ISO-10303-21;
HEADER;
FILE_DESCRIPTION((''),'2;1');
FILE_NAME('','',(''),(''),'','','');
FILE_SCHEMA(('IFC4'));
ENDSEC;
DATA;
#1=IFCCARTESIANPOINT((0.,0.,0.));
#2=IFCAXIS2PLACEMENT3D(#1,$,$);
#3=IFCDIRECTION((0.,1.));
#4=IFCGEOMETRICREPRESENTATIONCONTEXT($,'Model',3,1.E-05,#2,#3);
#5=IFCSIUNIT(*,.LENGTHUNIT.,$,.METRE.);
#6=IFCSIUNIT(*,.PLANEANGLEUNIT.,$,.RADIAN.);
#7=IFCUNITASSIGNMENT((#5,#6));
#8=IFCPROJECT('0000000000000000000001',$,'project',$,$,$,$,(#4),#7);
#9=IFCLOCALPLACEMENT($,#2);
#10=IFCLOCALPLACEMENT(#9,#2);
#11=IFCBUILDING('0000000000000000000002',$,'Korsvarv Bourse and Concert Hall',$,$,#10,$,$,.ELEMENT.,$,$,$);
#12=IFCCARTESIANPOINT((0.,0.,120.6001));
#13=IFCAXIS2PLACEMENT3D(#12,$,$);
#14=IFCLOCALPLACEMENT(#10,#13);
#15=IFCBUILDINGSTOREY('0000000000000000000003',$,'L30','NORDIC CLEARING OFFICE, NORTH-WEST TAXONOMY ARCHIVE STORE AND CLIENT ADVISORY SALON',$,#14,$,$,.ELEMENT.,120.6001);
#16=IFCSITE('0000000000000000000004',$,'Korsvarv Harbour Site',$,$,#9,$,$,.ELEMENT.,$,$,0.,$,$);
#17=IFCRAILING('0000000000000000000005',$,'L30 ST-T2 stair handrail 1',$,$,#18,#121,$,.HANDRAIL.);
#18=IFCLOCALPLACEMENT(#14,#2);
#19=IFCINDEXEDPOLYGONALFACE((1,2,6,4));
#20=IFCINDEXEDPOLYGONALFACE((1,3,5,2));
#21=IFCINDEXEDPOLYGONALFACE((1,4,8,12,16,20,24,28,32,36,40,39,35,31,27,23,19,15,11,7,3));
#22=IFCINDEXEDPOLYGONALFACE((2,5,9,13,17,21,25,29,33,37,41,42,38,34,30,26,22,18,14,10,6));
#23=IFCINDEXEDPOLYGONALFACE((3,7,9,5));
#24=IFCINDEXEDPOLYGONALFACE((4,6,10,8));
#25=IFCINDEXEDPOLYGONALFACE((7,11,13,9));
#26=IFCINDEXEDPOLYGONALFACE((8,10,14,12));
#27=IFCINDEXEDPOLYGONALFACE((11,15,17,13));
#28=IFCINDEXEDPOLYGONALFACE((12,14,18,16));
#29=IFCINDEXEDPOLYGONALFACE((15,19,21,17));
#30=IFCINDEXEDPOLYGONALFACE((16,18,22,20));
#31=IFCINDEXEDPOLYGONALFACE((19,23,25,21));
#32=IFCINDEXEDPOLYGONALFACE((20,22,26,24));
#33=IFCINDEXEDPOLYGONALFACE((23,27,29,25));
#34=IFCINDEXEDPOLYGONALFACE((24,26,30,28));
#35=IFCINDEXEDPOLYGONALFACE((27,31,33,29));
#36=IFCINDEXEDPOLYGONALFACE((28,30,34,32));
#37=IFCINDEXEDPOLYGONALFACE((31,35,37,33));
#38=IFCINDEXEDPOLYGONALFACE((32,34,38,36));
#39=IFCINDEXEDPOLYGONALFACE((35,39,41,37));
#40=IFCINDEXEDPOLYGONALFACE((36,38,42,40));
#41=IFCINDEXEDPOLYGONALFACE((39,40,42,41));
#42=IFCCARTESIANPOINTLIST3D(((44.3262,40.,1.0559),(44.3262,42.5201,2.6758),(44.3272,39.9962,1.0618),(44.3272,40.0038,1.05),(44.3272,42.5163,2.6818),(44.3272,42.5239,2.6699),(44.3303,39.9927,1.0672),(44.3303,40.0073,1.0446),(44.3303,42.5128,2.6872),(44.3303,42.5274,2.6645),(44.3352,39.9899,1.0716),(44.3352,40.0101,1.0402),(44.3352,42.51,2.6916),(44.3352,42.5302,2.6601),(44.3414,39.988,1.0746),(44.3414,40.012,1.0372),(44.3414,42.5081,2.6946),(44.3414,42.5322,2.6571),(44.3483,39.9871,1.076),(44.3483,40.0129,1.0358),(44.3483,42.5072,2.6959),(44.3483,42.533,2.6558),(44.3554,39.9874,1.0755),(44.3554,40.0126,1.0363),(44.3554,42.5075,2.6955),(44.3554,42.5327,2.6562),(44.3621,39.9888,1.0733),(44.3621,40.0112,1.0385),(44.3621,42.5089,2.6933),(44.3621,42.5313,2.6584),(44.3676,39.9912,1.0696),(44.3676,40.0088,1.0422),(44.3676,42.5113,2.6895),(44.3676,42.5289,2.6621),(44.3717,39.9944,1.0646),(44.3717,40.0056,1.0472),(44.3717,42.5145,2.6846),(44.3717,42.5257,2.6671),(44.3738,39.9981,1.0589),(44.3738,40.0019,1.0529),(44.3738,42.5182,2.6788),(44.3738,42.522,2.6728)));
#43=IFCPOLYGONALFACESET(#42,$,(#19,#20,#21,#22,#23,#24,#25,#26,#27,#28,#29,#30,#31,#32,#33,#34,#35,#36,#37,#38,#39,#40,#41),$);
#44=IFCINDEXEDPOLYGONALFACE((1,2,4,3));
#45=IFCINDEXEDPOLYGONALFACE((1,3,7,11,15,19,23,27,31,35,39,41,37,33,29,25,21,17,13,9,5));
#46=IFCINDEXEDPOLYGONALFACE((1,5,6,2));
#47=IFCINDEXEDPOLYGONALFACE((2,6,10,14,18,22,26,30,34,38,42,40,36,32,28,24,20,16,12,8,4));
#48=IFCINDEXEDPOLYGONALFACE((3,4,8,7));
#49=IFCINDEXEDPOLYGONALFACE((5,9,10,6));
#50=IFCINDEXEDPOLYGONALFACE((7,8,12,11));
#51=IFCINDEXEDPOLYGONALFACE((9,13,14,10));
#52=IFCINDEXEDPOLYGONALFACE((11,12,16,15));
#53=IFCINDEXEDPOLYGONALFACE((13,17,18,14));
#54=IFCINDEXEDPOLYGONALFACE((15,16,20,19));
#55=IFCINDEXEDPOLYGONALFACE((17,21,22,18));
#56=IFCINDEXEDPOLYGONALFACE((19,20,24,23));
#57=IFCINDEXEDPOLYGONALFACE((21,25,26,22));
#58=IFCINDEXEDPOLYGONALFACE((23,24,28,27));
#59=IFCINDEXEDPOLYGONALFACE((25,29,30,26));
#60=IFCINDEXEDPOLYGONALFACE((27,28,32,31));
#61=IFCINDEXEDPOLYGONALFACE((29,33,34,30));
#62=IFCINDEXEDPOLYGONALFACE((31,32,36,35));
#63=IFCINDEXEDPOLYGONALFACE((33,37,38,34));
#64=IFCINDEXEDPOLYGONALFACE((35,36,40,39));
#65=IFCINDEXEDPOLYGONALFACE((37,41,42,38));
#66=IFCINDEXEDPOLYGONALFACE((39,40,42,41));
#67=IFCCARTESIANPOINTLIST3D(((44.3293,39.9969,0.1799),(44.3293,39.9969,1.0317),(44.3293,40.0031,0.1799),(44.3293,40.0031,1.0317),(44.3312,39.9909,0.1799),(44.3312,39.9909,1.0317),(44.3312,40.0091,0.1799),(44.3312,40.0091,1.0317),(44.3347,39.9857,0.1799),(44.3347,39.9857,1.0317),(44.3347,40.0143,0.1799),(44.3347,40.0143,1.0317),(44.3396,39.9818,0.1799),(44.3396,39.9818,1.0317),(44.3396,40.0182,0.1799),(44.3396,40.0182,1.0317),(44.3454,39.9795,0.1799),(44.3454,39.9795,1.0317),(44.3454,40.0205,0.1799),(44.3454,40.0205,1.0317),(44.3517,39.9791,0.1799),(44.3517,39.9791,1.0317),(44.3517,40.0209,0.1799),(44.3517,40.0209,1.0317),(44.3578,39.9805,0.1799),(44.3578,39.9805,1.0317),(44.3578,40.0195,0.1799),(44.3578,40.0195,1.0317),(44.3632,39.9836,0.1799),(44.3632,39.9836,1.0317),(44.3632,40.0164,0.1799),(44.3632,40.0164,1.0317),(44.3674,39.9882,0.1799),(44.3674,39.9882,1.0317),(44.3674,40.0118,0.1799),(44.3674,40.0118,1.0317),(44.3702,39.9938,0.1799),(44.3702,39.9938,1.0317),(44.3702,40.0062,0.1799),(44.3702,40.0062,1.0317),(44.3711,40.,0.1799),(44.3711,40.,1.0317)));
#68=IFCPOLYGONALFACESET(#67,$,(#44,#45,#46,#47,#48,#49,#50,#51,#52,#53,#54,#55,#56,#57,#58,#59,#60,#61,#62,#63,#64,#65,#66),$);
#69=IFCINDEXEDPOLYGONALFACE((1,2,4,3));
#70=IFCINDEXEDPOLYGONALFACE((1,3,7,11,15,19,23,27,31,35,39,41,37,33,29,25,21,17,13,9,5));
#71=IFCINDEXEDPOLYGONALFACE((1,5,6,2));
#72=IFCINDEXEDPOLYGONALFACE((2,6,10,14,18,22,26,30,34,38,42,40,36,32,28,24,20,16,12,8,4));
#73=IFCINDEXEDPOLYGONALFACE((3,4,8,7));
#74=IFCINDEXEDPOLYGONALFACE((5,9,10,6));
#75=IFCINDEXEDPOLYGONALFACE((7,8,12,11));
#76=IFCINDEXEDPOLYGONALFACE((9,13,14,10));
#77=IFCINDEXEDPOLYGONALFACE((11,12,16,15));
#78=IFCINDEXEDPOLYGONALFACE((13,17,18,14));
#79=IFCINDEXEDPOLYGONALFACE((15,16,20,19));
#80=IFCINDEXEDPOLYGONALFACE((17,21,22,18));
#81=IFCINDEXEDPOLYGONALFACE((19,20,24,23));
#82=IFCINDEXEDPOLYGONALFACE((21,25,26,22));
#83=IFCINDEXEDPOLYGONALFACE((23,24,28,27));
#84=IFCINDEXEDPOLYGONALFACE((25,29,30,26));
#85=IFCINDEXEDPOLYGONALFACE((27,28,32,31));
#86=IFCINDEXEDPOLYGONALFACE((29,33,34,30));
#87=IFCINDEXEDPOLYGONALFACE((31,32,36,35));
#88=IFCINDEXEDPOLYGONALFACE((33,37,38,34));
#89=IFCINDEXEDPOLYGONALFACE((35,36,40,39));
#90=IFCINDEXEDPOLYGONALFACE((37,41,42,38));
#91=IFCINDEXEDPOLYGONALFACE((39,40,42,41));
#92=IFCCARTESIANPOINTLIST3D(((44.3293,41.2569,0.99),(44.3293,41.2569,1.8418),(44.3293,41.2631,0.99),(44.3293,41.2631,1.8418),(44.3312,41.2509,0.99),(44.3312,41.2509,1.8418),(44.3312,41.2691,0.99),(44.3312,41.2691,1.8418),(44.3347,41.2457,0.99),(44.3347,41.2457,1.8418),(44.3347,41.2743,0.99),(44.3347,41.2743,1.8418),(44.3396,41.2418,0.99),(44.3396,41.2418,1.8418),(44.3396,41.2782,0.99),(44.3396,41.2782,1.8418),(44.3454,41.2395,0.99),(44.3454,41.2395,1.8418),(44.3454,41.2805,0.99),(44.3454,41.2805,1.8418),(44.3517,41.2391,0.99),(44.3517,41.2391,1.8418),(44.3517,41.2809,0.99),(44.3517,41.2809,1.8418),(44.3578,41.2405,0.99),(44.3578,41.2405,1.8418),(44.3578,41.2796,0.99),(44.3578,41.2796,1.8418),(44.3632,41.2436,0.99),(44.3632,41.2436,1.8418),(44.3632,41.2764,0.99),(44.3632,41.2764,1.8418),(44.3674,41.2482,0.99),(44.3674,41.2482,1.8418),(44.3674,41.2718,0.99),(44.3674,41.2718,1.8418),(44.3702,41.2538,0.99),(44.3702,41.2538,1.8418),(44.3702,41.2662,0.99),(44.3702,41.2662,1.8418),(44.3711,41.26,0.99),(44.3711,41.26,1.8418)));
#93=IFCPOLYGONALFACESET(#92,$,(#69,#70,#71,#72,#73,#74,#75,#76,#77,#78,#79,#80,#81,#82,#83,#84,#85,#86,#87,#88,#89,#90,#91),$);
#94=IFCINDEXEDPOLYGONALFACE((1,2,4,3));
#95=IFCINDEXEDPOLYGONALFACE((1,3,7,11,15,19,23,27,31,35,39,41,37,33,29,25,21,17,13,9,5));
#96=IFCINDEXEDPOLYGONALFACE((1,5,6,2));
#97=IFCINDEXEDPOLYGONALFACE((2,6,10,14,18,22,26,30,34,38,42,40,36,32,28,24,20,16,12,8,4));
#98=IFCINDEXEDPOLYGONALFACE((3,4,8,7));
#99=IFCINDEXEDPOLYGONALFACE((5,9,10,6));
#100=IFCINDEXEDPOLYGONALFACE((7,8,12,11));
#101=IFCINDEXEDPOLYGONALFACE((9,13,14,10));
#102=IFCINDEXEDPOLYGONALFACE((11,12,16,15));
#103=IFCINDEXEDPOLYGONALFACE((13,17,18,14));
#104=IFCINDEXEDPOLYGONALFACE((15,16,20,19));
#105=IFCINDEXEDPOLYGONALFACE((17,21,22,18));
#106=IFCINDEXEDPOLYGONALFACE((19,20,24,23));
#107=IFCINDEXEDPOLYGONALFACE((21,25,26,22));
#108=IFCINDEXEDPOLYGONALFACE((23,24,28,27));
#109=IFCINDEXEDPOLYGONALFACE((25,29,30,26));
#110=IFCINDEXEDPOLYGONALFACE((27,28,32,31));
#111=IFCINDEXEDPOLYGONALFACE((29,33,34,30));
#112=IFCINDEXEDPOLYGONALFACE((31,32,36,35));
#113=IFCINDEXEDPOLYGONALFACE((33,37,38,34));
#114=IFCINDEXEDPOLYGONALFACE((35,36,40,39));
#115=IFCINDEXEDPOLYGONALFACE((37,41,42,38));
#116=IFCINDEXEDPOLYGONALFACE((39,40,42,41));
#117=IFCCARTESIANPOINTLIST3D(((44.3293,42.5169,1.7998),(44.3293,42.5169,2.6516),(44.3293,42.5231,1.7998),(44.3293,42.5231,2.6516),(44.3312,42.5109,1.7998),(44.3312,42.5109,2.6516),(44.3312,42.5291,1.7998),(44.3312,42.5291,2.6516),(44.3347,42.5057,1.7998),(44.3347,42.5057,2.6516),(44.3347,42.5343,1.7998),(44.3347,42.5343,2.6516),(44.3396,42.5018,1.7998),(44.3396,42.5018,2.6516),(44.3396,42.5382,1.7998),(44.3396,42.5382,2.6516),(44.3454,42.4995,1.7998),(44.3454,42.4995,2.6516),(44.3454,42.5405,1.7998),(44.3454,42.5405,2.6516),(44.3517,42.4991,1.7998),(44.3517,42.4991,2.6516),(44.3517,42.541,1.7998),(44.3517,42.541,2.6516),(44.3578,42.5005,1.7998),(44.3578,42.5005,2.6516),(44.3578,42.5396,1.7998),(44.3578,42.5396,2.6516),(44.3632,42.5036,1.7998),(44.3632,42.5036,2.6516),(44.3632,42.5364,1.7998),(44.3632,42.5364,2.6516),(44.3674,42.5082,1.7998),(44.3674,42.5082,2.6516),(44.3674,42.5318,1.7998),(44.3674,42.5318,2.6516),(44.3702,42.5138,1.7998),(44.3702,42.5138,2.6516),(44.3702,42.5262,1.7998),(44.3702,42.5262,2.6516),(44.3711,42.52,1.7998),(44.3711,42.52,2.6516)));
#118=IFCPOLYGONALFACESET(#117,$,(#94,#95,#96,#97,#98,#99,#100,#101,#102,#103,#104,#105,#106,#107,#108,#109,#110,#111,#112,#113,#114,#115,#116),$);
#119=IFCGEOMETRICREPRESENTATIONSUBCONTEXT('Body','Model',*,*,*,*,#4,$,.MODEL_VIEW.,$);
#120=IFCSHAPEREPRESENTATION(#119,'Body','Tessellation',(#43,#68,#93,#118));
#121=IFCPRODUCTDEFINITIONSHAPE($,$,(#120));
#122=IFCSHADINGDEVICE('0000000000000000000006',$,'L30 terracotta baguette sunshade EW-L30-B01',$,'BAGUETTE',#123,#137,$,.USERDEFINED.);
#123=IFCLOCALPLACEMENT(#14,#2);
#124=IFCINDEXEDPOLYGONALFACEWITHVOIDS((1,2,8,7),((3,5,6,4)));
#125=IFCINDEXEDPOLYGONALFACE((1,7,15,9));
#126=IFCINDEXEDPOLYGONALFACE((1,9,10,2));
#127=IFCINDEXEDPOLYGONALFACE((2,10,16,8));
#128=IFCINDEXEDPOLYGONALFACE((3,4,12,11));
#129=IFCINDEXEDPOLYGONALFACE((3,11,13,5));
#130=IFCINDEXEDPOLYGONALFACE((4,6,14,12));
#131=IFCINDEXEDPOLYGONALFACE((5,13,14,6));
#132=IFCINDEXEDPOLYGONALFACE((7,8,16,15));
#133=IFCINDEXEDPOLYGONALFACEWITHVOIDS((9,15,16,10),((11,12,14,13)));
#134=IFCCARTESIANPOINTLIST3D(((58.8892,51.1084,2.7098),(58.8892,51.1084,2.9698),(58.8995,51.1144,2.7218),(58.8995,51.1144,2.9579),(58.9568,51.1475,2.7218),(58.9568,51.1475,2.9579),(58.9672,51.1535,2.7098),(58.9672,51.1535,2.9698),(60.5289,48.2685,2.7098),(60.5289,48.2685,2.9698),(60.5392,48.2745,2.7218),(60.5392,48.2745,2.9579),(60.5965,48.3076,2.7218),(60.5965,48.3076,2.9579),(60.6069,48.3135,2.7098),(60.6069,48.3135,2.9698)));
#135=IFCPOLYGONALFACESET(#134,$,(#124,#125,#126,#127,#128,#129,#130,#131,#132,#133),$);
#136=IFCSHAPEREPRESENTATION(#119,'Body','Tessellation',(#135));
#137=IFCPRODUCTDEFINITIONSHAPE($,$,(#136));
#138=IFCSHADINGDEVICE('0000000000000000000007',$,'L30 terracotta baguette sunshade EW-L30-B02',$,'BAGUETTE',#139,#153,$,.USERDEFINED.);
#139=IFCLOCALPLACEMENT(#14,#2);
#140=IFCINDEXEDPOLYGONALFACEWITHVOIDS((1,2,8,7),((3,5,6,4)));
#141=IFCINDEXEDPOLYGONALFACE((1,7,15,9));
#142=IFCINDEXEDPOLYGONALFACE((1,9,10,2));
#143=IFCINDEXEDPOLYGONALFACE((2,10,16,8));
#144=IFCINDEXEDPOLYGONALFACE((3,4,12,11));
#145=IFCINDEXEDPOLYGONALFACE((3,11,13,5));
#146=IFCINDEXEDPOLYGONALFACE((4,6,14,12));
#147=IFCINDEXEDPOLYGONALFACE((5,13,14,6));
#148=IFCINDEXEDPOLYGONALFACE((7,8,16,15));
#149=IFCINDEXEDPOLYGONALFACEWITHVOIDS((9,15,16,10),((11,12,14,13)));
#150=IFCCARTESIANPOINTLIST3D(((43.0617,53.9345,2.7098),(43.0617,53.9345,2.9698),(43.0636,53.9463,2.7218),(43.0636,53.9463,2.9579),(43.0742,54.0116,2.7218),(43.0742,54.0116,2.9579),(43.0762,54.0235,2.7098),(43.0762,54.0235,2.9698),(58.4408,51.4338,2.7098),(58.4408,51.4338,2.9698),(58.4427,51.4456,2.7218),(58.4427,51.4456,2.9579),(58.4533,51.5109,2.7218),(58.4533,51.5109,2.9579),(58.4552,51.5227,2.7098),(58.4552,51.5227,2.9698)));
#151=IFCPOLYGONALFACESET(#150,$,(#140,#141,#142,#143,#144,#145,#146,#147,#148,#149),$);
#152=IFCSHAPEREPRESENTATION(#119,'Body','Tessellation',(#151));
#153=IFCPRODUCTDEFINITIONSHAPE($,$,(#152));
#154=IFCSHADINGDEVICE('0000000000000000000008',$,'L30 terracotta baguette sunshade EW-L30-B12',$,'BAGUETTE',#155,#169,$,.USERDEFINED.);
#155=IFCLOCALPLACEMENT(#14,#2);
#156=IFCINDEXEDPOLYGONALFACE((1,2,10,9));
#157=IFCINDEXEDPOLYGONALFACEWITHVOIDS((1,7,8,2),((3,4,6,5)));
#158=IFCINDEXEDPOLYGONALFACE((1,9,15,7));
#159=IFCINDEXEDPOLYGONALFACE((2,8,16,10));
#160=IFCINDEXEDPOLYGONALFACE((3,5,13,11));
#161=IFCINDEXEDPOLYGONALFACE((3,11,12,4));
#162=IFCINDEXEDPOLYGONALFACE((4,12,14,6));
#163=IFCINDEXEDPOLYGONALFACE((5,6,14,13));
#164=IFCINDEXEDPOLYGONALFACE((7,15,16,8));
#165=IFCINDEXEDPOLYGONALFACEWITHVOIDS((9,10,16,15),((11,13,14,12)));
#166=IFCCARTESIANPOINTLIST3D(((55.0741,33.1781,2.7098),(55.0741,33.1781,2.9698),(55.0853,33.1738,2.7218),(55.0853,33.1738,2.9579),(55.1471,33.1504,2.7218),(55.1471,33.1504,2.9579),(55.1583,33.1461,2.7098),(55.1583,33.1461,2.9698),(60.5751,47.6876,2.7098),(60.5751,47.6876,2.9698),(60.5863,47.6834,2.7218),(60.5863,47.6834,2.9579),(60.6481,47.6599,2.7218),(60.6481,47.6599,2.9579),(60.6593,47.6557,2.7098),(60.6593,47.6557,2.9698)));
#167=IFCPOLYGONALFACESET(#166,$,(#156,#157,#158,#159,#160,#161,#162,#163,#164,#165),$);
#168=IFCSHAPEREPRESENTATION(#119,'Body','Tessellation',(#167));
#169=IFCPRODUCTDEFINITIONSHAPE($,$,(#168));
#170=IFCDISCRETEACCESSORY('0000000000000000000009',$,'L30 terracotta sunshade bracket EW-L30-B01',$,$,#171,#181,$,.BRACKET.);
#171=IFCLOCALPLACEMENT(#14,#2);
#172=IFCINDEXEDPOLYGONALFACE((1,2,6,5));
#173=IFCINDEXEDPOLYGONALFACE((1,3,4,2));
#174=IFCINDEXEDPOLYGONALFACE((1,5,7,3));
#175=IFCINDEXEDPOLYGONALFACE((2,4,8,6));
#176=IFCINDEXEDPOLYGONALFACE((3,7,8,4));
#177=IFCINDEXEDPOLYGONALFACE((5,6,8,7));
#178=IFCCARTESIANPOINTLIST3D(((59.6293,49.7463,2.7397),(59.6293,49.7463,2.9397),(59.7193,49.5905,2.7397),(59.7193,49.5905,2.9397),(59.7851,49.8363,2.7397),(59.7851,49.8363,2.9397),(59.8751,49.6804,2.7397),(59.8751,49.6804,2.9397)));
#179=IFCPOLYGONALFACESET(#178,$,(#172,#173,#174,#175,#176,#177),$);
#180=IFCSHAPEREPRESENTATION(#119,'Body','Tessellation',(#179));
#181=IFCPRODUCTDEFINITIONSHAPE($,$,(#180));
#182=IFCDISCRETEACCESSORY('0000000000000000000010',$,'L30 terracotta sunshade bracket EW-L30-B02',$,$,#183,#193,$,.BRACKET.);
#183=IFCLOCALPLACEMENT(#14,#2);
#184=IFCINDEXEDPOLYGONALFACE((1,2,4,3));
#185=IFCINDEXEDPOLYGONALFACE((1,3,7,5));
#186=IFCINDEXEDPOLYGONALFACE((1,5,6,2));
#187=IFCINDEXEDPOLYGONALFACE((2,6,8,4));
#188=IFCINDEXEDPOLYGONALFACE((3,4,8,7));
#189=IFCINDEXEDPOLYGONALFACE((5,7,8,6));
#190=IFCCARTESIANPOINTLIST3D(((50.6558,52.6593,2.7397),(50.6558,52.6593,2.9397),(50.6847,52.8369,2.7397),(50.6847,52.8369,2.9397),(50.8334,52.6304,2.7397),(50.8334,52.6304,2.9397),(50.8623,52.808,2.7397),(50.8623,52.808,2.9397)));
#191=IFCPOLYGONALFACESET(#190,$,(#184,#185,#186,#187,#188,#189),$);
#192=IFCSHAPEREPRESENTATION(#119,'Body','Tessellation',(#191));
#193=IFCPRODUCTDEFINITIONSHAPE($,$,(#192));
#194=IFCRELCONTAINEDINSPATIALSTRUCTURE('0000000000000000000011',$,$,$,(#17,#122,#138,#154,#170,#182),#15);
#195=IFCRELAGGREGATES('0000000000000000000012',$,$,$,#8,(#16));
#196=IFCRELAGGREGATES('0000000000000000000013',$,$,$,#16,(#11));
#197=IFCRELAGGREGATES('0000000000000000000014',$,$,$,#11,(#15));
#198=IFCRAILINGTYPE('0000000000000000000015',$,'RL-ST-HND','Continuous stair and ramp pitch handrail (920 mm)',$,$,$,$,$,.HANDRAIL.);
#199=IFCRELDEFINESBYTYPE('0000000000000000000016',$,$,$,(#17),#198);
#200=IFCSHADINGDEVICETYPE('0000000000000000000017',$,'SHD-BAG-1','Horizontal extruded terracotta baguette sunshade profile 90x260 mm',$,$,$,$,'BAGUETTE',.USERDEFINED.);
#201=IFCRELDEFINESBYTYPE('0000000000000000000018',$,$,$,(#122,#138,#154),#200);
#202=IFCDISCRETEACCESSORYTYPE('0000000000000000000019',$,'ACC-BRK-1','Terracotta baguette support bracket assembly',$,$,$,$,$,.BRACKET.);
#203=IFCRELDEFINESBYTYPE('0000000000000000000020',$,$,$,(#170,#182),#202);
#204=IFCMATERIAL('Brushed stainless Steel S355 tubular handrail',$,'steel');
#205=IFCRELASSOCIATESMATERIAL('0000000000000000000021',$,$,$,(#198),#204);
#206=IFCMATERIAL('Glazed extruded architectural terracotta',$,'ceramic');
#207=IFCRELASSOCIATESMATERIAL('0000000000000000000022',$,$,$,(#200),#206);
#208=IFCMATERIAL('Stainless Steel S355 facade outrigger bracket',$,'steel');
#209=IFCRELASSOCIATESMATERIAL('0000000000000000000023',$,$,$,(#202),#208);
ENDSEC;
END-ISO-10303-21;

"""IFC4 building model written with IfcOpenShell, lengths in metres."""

from ifc_helpers import new_model, si_unit, direction, frame, origin, origin_2d, place, context, subcontext, project, spatial, rectangle, hollow_rectangle, circle, extrude, source, transform, mapped, material, material_profile, profile_set, type_object, element, save


model = new_model("IFC4")

# Units and contexts
model_context = context("Model", 3, precision=1e-05, world=origin(), true_north=direction((0.0, 1.0)))
body_context = subcontext(model_context, "Body", "Model", "MODEL_VIEW")
ifc_project = project(units=[si_unit("LENGTHUNIT", "METRE"), si_unit("PLANEANGLEUNIT", "RADIAN")], contexts=[model_context])

# Site, building, storey
site_placement = place(None, origin())
site = spatial("IfcSite", under=ifc_project, at=site_placement, Name="Korsvarv Harbour Site", CompositionType="ELEMENT", RefElevation=0.0)
building_placement = place(site_placement, origin())
building = spatial("IfcBuilding", under=site, at=building_placement, Name="Korsvarv Bourse and Concert Hall", CompositionType="ELEMENT")
storey_placement = place(building_placement, frame((0.0, 0.0, 120.6001)))
storey = spatial("IfcBuildingStorey", under=building, at=storey_placement, Name="L30", Description="NORDIC CLEARING OFFICE, NORTH-WEST TAXONOMY ARCHIVE STORE AND CLIENT ADVISORY SALON", CompositionType="ELEMENT", Elevation=120.6001)

# Railing
ifc_material_1 = material(Name="Brushed stainless Steel S355 tubular handrail", Category="steel")
railing_type_1 = type_object("IfcRailingType", Name="RL-ST-HND", Description="Continuous stair and ramp pitch handrail (920 mm)", PredefinedType="HANDRAIL", material=ifc_material_1)
railing_1_placement = place(storey_placement, frame((44.3501, 40.0, 0.1799)))
element("IfcRailing", 1, at=railing_1_placement, inside=storey, type_object=railing_type_1, Name="L30 ST-T2 stair handrail 1", PredefinedType="HANDRAIL", context=body_context, shape_type="SweptSolid", body=[
    extrude(circle(Radius=0.0239, at=origin_2d()), frame((0.0, 0.0, 0.876), z_axis=(0.0, 0.8412, 0.540725), x_axis=(-1.0, 0.0, 0.0)), (0.0, 0.0, 1.0), 2.9958),
    extrude(circle(Radius=0.021, at=origin_2d()), origin(), (0.0, 0.0, 1.0), 0.8518),
    extrude(circle(Radius=0.021, at=origin_2d()), frame((0.0, 1.26, 0.8101)), (0.0, 0.0, 1.0), 0.8518),
    extrude(circle(Radius=0.021, at=origin_2d()), frame((0.0, 2.52, 1.6199)), (0.0, 0.0, 1.0), 0.8518),
])

# Shading devices
ifc_material_2 = material(Name="Glazed extruded architectural terracotta", Category="ceramic")
ifc_material_profile_1 = material_profile(ifc_material_2, hollow_rectangle(XDim=0.0901, YDim=0.26, WallThickness=0.012, at=origin_2d()), Name="TC-BAG 90x260")
ifc_profile_set_1 = profile_set([ifc_material_profile_1], Name="Glazed extruded architectural terracotta")
shading_device_type = type_object("IfcShadingDeviceType", Name="SHD-BAG-1", Description="Horizontal extruded terracotta baguette sunshade profile 90x260 mm", ElementType="BAGUETTE", PredefinedType="USERDEFINED", material=ifc_profile_set_1)
shared_shape_1 = source(origin(), body_context, "Body", "SweptSolid", [
    extrude(hollow_rectangle(XDim=0.0901, YDim=0.26, WallThickness=0.012, at=origin_2d()), origin(), (0.0, 0.0, 1.0), 3.2793),
])
shading_device_1_placement = place(storey_placement, frame((60.5679, 48.291, 2.8398), z_axis=(-0.500015, 0.866017, 0.0), x_axis=(-0.866017, -0.500015, 0.0)))
element("IfcShadingDevice", 2, at=shading_device_1_placement, inside=storey, type_object=shading_device_type, Name="L30 terracotta baguette sunshade EW-L30-B01", ObjectType="BAGUETTE", PredefinedType="USERDEFINED", context=body_context, shape_type="MappedRepresentation", body=[
    mapped(shared_shape_1, transform((0.0, 0.0, 0.0), scale=1.0)),
])
shared_shape_2 = source(origin(), body_context, "Body", "SweptSolid", [
    extrude(hollow_rectangle(XDim=0.0901, YDim=0.26, WallThickness=0.012, at=origin_2d()), origin(), (0.0, 0.0, 1.0), 15.5811),
])
shading_device_2_placement = place(storey_placement, frame((58.448, 51.4783, 2.8398), z_axis=(-0.987036, 0.160497, 0.0), x_axis=(-0.160497, -0.987036, 0.0)))
element("IfcShadingDevice", 3, at=shading_device_2_placement, inside=storey, type_object=shading_device_type, Name="L30 terracotta baguette sunshade EW-L30-B02", ObjectType="BAGUETTE", PredefinedType="USERDEFINED", context=body_context, shape_type="MappedRepresentation", body=[
    mapped(shared_shape_2, transform((0.0, 0.0, 0.0), scale=1.0)),
])
shared_shape_3 = source(origin(), body_context, "Body", "SweptSolid", [
    extrude(hollow_rectangle(XDim=0.0901, YDim=0.26, WallThickness=0.012, at=origin_2d()), origin(), (0.0, 0.0, 1.0), 15.5173),
])
shading_device_3_placement = place(storey_placement, frame((55.1162, 33.1621, 2.8398), z_axis=(0.354506, 0.935054, 0.0), x_axis=(-0.935054, 0.354506, 0.0)))
element("IfcShadingDevice", 4, at=shading_device_3_placement, inside=storey, type_object=shading_device_type, Name="L30 terracotta baguette sunshade EW-L30-B12", ObjectType="BAGUETTE", PredefinedType="USERDEFINED", context=body_context, shape_type="MappedRepresentation", body=[
    mapped(shared_shape_3, transform((0.0, 0.0, 0.0), scale=1.0)),
])

# Discrete accessories
ifc_material_3 = material(Name="Stainless Steel S355 facade outrigger bracket", Category="steel")
discrete_accessory_type = type_object("IfcDiscreteAccessoryType", Name="ACC-BRK-1", Description="Terracotta baguette support bracket assembly", PredefinedType="BRACKET", material=ifc_material_3)
shared_shape_4 = source(origin(), body_context, "Body", "SweptSolid", [
    extrude(rectangle(XDim=0.1799, YDim=0.1799, at=origin_2d()), origin(), (0.0, 0.0, 1.0), 0.2),
])
for number, where, z_axis, x_axis, name in (
    (5, (59.7522, 49.7134, 2.7397), (0.0, 0.0, 1.0), (-0.5, 0.866025, 0.0), "L30 terracotta sunshade bracket EW-L30-B01"),
    (6, (50.759, 52.7336, 2.7397), (0.0, 0.0, 1.0), (-0.987024, 0.16057, 0.0), "L30 terracotta sunshade bracket EW-L30-B02"),
):
    element("IfcDiscreteAccessory", number, at=place(storey_placement, frame(where, z_axis=z_axis, x_axis=x_axis)), inside=storey, type_object=discrete_accessory_type, Name=name, PredefinedType="BRACKET", context=body_context, shape_type="MappedRepresentation", body=[
        mapped(shared_shape_4, transform((0.0, 0.0, 0.0), scale=1.0)),
    ])

save(model, "model.ifc")
